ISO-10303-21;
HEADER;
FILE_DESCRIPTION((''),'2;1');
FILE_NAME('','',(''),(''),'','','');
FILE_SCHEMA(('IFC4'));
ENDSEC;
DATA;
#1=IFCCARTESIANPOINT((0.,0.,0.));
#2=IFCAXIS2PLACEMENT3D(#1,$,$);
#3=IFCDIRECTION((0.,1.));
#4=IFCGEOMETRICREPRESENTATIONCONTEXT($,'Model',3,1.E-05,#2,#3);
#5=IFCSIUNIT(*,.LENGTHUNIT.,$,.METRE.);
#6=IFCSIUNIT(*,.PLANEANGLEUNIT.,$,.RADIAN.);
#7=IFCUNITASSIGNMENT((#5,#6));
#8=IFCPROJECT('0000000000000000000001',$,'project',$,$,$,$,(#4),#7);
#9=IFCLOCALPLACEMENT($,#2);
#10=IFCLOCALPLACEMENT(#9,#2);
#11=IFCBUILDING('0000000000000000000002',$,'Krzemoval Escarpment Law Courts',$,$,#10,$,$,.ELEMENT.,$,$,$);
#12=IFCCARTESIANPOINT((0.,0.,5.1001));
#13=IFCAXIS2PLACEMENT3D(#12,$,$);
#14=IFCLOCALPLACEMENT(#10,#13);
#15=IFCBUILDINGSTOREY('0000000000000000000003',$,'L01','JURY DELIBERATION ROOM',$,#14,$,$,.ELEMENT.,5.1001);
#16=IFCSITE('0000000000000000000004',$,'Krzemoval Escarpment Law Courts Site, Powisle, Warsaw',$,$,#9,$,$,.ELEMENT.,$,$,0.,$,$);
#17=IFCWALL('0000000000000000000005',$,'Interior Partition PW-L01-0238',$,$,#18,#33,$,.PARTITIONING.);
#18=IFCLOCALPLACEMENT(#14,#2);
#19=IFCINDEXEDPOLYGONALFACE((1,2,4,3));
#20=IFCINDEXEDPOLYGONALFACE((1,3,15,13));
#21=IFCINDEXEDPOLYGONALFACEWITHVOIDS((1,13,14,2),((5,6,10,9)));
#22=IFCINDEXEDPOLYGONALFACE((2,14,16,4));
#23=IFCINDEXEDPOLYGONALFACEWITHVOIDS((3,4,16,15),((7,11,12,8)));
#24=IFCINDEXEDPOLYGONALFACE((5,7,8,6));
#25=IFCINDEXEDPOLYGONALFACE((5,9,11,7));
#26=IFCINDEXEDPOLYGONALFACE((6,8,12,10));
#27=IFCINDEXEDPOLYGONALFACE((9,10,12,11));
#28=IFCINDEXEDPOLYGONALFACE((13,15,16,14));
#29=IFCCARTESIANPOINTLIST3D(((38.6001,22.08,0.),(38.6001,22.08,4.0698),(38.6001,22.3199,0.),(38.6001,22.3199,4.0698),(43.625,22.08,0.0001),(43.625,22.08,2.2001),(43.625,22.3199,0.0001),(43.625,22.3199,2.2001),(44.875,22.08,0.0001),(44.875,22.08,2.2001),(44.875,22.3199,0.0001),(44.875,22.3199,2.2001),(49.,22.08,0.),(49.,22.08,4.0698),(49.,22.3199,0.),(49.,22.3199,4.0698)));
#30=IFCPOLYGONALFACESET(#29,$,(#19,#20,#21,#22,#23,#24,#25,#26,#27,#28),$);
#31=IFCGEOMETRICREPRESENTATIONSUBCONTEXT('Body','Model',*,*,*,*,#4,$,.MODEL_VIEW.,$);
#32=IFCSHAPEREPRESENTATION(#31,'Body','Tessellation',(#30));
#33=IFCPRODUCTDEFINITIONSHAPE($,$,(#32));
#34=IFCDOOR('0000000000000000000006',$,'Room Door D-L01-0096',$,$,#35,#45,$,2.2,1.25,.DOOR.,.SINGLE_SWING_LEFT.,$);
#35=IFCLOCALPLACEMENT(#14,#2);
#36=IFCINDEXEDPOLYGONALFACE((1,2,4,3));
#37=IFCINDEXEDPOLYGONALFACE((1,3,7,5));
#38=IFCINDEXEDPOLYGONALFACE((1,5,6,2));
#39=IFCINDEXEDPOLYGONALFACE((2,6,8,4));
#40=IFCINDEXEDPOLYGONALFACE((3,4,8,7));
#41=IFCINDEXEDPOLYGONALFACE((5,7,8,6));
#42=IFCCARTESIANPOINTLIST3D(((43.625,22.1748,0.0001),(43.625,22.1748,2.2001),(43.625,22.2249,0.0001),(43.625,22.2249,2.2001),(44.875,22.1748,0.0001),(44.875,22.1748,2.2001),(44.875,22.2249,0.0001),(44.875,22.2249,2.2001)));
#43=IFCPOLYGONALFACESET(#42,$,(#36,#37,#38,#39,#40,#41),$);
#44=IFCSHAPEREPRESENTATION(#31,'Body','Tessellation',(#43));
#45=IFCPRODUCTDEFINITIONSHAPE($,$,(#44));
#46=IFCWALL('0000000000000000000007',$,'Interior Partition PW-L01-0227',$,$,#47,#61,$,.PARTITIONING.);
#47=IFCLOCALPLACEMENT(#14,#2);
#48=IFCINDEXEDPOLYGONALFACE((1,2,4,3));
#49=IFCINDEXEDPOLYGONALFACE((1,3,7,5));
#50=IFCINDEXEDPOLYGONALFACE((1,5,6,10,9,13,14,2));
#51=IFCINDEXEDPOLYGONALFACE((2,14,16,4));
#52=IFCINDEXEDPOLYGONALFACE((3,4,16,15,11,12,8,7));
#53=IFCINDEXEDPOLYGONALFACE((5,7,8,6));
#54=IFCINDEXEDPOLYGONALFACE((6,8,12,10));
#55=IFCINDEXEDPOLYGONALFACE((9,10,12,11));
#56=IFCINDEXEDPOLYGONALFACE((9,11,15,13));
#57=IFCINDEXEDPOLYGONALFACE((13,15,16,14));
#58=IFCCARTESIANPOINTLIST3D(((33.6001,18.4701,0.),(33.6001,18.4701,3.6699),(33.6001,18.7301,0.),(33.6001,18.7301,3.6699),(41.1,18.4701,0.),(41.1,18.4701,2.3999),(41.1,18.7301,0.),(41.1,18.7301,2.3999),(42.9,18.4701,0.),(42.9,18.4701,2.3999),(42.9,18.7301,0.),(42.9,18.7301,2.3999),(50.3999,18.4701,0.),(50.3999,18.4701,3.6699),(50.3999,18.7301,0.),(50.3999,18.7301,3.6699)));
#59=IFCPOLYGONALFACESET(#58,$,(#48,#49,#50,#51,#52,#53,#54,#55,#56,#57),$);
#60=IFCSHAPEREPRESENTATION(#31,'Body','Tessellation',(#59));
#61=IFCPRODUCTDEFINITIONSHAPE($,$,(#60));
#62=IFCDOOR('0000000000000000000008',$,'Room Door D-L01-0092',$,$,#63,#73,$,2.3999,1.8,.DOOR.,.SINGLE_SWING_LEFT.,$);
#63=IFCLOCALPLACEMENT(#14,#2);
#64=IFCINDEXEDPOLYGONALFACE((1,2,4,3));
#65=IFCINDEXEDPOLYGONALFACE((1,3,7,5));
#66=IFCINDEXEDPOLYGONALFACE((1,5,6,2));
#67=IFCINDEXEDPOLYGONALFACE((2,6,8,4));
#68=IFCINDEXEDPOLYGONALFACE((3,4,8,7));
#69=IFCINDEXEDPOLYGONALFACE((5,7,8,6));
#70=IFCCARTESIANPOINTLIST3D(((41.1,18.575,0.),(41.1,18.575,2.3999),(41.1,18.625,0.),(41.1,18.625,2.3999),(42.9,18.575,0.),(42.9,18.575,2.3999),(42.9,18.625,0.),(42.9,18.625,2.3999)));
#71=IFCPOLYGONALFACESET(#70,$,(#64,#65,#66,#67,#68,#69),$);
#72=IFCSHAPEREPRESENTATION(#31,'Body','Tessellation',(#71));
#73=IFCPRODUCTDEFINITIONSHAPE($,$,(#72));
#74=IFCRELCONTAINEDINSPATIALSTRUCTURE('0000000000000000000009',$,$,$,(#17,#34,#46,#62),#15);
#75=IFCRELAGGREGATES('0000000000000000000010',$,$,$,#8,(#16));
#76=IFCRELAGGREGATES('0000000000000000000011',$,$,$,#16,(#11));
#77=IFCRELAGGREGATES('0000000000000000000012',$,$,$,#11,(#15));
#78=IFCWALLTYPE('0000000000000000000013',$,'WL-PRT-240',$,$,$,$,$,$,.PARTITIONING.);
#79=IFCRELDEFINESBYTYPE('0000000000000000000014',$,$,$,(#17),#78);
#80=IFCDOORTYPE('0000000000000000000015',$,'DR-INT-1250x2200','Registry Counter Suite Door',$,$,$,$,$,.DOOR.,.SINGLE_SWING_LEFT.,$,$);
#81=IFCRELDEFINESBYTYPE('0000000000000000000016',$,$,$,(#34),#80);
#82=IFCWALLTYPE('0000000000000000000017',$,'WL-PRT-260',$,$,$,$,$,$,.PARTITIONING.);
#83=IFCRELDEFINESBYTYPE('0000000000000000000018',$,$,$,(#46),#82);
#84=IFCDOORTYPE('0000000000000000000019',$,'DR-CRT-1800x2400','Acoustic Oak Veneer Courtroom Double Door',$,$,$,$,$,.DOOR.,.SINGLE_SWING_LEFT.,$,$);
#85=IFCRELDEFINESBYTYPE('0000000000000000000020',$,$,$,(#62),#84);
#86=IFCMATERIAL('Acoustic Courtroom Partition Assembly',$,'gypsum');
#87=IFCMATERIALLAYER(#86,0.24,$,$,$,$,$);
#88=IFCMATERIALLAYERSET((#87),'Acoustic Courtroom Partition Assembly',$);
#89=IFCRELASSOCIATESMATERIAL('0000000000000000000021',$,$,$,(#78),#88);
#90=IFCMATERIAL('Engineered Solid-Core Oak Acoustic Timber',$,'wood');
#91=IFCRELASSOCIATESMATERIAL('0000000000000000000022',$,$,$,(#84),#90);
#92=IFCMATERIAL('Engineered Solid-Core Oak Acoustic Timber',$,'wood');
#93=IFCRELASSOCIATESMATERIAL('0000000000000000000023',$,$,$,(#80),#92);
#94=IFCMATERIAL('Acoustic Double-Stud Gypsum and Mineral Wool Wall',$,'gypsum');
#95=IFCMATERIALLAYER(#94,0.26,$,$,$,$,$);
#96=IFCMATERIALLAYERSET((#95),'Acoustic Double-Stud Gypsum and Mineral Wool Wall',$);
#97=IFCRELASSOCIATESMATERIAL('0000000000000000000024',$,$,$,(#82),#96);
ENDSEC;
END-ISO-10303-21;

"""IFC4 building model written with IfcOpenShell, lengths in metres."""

from ifc_helpers import new_model, si_unit, direction, frame, frame_2d, origin, place, context, subcontext, project, spatial, rectangle, extrude, material, layer, layer_set, type_object, element, fill, save


model = new_model("IFC4")

# Units and contexts
model_context = context("Model", 3, precision=1e-05, world=origin(), true_north=direction((0.0, 1.0)))
body_context = subcontext(model_context, "Body", "Model", "MODEL_VIEW")
ifc_project = project(units=[si_unit("LENGTHUNIT", "METRE"), si_unit("PLANEANGLEUNIT", "RADIAN")], contexts=[model_context])

# Site, building, storey
site_placement = place(None, origin())
site = spatial("IfcSite", under=ifc_project, at=site_placement, Name="Krzemoval Escarpment Law Courts Site, Powisle, Warsaw", CompositionType="ELEMENT", RefElevation=0.0)
building_placement = place(site_placement, origin())
building = spatial("IfcBuilding", under=site, at=building_placement, Name="Krzemoval Escarpment Law Courts", CompositionType="ELEMENT")
storey_placement = place(building_placement, frame((0.0, 0.0, 5.1001)))
storey = spatial("IfcBuildingStorey", under=building, at=storey_placement, Name="L01", Description="JURY DELIBERATION ROOM", CompositionType="ELEMENT", Elevation=5.1001)

# Shared definitions
ifc_material_1 = material(Name="Acoustic Courtroom Partition Assembly", Category="gypsum")
ifc_layer_1 = layer(ifc_material_1, 0.24)
ifc_layer_set_1 = layer_set([ifc_layer_1], Name="Acoustic Courtroom Partition Assembly")
wall_type_1 = type_object("IfcWallType", Name="WL-PRT-240", PredefinedType="PARTITIONING", material=ifc_layer_set_1)
ifc_material_2 = material(Name="Engineered Solid-Core Oak Acoustic Timber", Category="wood")
door_type_1 = type_object("IfcDoorType", Name="DR-CRT-1800x2400", Description="Acoustic Oak Veneer Courtroom Double Door", OperationType="SINGLE_SWING_LEFT", PredefinedType="DOOR", material=ifc_material_2)

# Walls, openings, doors
wall_1_placement = place(storey_placement, frame((38.6001, 22.2, 0.0), z_axis=(0.0, 0.0, 1.0), x_axis=(1.0, 0.0, 0.0)))
wall_1 = element("IfcWall", 1, at=wall_1_placement, inside=storey, type_object=wall_type_1, Name="Interior Partition PW-L01-0238", PredefinedType="PARTITIONING", context=body_context, shape_type="SweptSolid", body=[
    extrude(rectangle(XDim=10.3999, YDim=0.24, at=frame_2d((5.2, 0.0))), origin(), (0.0, 0.0, 1.0), 4.0698),
])
opening_1_placement = place(wall_1_placement, frame((5.0249, 0.0, 0.0)))
opening_1 = element("IfcOpeningElement", 2, at=opening_1_placement, cuts=wall_1, PredefinedType="OPENING", context=body_context, shape_type="SweptSolid", body=[
    extrude(rectangle(XDim=1.25, YDim=2.2, at=frame_2d((0.625, 1.1001))), frame((0.0, 0.135, 0.0), z_axis=(0.0, -1.0, 0.0), x_axis=(1.0, 0.0, 0.0)), (0.0, 0.0, 1.0), 0.27),
])
ifc_material_3 = material(Name="Engineered Solid-Core Oak Acoustic Timber", Category="wood")
door_type_2 = type_object("IfcDoorType", Name="DR-INT-1250x2200", Description="Registry Counter Suite Door", OperationType="SINGLE_SWING_LEFT", PredefinedType="DOOR", material=ifc_material_3)
door_1_placement = place(opening_1_placement, origin())
door_1 = element("IfcDoor", 3, at=door_1_placement, inside=storey, type_object=door_type_2, Name="Room Door D-L01-0096", OperationType="SINGLE_SWING_LEFT", OverallHeight=2.2, OverallWidth=1.25, PredefinedType="DOOR", context=body_context, shape_type="SweptSolid", body=[
    extrude(rectangle(XDim=1.25, YDim=2.2, at=frame_2d((0.625, 1.1001))), frame((0.0, 0.0249, 0.0), z_axis=(0.0, -1.0, 0.0), x_axis=(1.0, 0.0, 0.0)), (0.0, 0.0, 1.0), 0.05),
])
fill(opening_1, door_1)
ifc_material_4 = material(Name="Acoustic Double-Stud Gypsum and Mineral Wool Wall", Category="gypsum")
ifc_layer_2 = layer(ifc_material_4, 0.26)
ifc_layer_set_2 = layer_set([ifc_layer_2], Name="Acoustic Double-Stud Gypsum and Mineral Wool Wall")
wall_type_2 = type_object("IfcWallType", Name="WL-PRT-260", PredefinedType="PARTITIONING", material=ifc_layer_set_2)
wall_2_placement = place(storey_placement, frame((33.6001, 18.6001, 0.0), z_axis=(0.0, 0.0, 1.0), x_axis=(1.0, 0.0, 0.0)))
wall_2 = element("IfcWall", 4, at=wall_2_placement, inside=storey, type_object=wall_type_2, Name="Interior Partition PW-L01-0227", PredefinedType="PARTITIONING", context=body_context, shape_type="SweptSolid", body=[
    extrude(rectangle(XDim=16.7998, YDim=0.26, at=frame_2d((8.3999, 0.0))), origin(), (0.0, 0.0, 1.0), 3.6699),
])
opening_2_placement = place(wall_2_placement, frame((7.5, 0.0, 0.0)))
opening_2 = element("IfcOpeningElement", 5, at=opening_2_placement, cuts=wall_2, PredefinedType="OPENING", context=body_context, shape_type="SweptSolid", body=[
    extrude(rectangle(XDim=1.8, YDim=2.3999, at=frame_2d((0.8999, 1.2))), frame((0.0, 0.145, 0.0), z_axis=(0.0, -1.0, 0.0), x_axis=(1.0, 0.0, 0.0)), (0.0, 0.0, 1.0), 0.29),
])
door_2_placement = place(opening_2_placement, origin())
door_2 = element("IfcDoor", 6, at=door_2_placement, inside=storey, type_object=door_type_1, Name="Room Door D-L01-0092", OperationType="SINGLE_SWING_LEFT", OverallHeight=2.3999, OverallWidth=1.8, PredefinedType="DOOR", context=body_context, shape_type="SweptSolid", body=[
    extrude(rectangle(XDim=1.8, YDim=2.3999, at=frame_2d((0.8999, 1.2))), frame((0.0, 0.0249, 0.0), z_axis=(0.0, -1.0, 0.0), x_axis=(1.0, 0.0, 0.0)), (0.0, 0.0, 1.0), 0.05),
])
fill(opening_2, door_2)

save(model, "model.ifc")
